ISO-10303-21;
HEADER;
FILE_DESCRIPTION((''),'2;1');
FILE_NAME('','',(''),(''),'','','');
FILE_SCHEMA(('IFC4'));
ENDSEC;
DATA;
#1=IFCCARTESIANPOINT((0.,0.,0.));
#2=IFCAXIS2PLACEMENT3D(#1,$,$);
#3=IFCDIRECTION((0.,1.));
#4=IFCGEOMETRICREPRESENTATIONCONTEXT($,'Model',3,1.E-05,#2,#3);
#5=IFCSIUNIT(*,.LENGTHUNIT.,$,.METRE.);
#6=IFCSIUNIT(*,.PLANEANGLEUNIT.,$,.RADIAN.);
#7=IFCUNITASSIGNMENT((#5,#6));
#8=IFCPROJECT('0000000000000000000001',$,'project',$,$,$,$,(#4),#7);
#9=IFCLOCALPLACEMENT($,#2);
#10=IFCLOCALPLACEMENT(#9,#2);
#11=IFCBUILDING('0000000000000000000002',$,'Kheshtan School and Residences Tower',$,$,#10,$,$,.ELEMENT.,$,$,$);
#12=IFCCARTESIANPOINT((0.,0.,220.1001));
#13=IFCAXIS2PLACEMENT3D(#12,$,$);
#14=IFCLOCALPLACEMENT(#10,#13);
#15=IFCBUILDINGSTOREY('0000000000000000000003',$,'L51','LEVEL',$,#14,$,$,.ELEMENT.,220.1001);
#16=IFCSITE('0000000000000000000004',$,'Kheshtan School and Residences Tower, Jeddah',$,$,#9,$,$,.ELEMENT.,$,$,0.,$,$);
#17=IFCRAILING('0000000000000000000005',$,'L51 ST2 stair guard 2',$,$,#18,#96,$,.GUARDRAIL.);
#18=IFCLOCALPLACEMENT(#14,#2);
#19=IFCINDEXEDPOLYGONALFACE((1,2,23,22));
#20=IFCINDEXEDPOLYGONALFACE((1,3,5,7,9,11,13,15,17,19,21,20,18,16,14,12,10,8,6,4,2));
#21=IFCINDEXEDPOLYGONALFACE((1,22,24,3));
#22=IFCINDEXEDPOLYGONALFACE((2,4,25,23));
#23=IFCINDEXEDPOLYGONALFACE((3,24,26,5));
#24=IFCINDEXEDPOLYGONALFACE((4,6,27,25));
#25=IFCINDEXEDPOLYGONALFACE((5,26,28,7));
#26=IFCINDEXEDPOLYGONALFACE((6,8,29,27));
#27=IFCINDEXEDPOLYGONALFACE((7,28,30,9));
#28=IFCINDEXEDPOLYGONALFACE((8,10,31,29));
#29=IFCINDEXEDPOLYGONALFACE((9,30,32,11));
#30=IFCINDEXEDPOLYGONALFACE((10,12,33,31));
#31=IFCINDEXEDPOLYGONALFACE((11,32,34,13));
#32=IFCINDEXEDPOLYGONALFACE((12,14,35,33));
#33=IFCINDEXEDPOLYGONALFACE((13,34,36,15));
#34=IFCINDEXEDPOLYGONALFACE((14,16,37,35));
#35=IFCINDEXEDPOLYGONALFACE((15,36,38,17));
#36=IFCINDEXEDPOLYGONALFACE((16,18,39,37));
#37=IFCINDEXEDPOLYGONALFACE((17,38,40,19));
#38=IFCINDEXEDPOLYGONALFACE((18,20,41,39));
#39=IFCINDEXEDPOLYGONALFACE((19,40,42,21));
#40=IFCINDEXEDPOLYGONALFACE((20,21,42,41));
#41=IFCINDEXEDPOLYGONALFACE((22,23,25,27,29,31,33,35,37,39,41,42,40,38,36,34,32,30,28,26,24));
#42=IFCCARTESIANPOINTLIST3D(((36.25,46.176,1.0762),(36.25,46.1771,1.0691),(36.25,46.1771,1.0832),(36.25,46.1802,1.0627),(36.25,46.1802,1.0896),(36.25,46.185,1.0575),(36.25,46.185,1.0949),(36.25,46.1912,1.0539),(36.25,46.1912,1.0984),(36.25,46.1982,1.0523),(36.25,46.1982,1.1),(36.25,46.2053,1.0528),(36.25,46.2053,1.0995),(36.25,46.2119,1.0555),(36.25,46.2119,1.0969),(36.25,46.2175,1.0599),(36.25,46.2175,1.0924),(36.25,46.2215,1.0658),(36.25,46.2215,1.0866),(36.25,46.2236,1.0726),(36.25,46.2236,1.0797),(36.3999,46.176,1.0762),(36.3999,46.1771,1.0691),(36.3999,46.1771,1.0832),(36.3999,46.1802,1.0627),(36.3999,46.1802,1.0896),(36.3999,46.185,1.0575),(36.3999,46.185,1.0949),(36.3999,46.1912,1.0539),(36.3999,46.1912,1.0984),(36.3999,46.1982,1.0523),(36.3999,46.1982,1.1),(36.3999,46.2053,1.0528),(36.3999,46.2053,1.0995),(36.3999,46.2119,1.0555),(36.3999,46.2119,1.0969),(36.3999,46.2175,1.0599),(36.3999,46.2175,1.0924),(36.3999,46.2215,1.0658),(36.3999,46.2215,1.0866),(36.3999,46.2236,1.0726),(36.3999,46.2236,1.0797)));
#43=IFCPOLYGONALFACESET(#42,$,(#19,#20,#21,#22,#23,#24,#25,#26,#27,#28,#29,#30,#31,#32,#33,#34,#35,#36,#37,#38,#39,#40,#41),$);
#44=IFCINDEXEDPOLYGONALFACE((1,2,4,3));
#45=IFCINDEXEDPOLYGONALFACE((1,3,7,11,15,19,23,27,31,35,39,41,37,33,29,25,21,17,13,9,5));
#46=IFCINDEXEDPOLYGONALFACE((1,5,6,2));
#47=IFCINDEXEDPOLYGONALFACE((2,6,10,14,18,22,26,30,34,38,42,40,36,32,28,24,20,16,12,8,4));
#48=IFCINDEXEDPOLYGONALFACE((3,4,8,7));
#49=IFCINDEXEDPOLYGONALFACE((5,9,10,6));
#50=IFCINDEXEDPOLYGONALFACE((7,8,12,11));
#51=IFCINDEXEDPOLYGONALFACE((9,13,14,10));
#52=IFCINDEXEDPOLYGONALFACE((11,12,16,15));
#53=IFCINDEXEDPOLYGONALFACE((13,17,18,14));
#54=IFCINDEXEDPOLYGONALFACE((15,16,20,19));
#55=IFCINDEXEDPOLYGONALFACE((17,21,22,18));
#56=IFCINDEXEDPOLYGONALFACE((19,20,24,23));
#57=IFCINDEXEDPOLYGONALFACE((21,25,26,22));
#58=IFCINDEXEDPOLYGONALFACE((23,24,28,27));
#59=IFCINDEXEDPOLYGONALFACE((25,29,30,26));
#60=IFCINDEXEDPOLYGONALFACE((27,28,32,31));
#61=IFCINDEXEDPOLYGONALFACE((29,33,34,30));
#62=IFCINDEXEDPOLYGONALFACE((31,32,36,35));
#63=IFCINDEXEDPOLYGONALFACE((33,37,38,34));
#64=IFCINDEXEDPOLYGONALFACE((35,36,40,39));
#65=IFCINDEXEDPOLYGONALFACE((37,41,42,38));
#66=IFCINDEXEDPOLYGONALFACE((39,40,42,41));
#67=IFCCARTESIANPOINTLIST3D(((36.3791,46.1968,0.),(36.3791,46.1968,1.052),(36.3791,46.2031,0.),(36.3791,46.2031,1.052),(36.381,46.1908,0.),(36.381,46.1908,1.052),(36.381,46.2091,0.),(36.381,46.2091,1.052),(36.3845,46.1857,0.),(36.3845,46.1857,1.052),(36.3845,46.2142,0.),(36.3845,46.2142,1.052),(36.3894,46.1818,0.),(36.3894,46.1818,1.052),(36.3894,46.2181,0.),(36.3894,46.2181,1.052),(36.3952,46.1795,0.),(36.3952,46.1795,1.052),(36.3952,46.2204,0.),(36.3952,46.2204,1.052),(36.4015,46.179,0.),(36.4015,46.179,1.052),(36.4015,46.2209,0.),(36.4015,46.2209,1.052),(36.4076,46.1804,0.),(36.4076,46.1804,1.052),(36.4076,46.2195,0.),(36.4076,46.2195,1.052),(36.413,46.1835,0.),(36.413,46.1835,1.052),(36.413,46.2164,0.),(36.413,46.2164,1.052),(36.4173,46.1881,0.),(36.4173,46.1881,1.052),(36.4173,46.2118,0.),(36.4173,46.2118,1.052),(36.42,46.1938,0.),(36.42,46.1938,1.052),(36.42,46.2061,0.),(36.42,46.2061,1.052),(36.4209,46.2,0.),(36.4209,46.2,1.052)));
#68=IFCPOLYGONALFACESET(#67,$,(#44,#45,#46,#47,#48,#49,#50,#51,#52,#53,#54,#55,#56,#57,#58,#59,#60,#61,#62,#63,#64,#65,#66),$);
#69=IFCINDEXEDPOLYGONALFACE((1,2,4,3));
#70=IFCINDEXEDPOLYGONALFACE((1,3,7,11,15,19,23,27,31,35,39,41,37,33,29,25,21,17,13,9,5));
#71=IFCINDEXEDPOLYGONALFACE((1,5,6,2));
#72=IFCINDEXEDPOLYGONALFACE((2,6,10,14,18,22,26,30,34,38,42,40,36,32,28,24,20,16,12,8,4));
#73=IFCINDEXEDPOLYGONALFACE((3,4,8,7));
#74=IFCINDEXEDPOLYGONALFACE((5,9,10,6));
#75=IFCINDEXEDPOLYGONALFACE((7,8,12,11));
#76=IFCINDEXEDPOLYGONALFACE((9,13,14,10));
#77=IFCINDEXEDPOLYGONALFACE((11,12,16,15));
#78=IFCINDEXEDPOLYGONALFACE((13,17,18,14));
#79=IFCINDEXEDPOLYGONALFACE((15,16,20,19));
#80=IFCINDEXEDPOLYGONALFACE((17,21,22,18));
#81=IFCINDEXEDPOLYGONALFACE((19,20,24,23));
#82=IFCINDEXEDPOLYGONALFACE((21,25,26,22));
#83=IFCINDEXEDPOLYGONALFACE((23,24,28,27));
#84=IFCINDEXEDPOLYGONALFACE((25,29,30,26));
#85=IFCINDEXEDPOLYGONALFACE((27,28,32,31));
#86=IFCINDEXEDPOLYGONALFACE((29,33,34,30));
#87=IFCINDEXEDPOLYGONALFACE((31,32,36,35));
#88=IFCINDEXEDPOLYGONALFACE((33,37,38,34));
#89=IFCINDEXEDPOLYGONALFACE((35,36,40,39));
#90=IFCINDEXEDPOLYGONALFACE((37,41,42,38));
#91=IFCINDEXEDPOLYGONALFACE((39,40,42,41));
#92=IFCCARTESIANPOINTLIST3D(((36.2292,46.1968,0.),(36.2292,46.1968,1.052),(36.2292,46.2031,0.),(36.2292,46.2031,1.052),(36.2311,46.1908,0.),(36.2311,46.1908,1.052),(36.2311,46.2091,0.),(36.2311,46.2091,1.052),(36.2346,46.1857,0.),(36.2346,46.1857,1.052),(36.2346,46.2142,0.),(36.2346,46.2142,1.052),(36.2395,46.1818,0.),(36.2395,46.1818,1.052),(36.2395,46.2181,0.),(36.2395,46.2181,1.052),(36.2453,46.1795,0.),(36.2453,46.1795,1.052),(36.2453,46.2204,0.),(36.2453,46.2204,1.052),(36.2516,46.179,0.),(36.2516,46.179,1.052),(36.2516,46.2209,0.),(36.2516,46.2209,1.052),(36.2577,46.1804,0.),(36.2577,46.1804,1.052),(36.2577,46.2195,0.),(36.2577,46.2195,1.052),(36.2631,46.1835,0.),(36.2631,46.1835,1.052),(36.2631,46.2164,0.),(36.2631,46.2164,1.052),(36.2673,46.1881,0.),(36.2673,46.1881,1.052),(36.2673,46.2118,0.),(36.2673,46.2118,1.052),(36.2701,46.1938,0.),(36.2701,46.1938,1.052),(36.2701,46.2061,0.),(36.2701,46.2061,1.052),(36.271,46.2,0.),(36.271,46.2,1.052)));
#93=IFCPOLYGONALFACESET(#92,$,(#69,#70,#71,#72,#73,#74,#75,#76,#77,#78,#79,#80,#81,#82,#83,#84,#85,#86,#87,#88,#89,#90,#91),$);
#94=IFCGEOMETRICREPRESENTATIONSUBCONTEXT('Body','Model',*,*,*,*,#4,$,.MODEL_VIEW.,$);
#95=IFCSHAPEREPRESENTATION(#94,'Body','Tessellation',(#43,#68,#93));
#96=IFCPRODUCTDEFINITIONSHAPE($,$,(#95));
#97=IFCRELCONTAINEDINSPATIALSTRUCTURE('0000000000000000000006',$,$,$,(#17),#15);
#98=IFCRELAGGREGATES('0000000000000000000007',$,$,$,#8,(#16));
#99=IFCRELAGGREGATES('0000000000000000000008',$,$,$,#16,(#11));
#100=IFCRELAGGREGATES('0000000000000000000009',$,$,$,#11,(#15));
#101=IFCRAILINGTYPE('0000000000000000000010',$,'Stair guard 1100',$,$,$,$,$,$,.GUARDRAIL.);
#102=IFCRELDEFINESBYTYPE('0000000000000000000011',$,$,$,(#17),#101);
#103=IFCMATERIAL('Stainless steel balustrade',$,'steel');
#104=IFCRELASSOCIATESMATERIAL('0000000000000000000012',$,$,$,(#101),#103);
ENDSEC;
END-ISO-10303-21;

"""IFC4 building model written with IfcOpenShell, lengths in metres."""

from ifc_helpers import new_model, si_unit, direction, frame, origin, origin_2d, place, context, subcontext, project, spatial, circle, extrude, material, type_object, element, save


model = new_model("IFC4")

# Units and contexts
model_context = context("Model", 3, precision=1e-05, world=origin(), true_north=direction((0.0, 1.0)))
body_context = subcontext(model_context, "Body", "Model", "MODEL_VIEW")
ifc_project = project(units=[si_unit("LENGTHUNIT", "METRE"), si_unit("PLANEANGLEUNIT", "RADIAN")], contexts=[model_context])

# Site, building, storey
site_placement = place(None, origin())
site = spatial("IfcSite", under=ifc_project, at=site_placement, Name="Kheshtan School and Residences Tower, Jeddah", CompositionType="ELEMENT", RefElevation=0.0)
building_placement = place(site_placement, origin())
building = spatial("IfcBuilding", under=site, at=building_placement, Name="Kheshtan School and Residences Tower", CompositionType="ELEMENT")
storey_placement = place(building_placement, frame((0.0, 0.0, 220.1001)))
storey = spatial("IfcBuildingStorey", under=building, at=storey_placement, Name="L51", Description="LEVEL", CompositionType="ELEMENT", Elevation=220.1001)

# Railing
ifc_material_1 = material(Name="Stainless steel balustrade", Category="steel")
railing_type_1 = type_object("IfcRailingType", Name="Stair guard 1100", PredefinedType="GUARDRAIL", material=ifc_material_1)
railing_1_placement = place(storey_placement, frame((36.3999, 46.2, 0.0)))
element("IfcRailing", 1, at=railing_1_placement, inside=storey, type_object=railing_type_1, Name="L51 ST2 stair guard 2", PredefinedType="GUARDRAIL", context=body_context, shape_type="SweptSolid", body=[
    extrude(circle(Radius=0.0239, at=origin_2d()), frame((0.0, 0.0, 1.0762), z_axis=(-1.0, 0.0, 0.0), x_axis=(0.0, -1.0, 0.0)), (0.0, 0.0, 1.0), 0.1499),
    extrude(circle(Radius=0.021, at=origin_2d()), origin(), (0.0, 0.0, 1.0), 1.052),
    extrude(circle(Radius=0.021, at=origin_2d()), frame((-0.1499, 0.0, 0.0)), (0.0, 0.0, 1.0), 1.052),
])

save(model, "model.ifc")
